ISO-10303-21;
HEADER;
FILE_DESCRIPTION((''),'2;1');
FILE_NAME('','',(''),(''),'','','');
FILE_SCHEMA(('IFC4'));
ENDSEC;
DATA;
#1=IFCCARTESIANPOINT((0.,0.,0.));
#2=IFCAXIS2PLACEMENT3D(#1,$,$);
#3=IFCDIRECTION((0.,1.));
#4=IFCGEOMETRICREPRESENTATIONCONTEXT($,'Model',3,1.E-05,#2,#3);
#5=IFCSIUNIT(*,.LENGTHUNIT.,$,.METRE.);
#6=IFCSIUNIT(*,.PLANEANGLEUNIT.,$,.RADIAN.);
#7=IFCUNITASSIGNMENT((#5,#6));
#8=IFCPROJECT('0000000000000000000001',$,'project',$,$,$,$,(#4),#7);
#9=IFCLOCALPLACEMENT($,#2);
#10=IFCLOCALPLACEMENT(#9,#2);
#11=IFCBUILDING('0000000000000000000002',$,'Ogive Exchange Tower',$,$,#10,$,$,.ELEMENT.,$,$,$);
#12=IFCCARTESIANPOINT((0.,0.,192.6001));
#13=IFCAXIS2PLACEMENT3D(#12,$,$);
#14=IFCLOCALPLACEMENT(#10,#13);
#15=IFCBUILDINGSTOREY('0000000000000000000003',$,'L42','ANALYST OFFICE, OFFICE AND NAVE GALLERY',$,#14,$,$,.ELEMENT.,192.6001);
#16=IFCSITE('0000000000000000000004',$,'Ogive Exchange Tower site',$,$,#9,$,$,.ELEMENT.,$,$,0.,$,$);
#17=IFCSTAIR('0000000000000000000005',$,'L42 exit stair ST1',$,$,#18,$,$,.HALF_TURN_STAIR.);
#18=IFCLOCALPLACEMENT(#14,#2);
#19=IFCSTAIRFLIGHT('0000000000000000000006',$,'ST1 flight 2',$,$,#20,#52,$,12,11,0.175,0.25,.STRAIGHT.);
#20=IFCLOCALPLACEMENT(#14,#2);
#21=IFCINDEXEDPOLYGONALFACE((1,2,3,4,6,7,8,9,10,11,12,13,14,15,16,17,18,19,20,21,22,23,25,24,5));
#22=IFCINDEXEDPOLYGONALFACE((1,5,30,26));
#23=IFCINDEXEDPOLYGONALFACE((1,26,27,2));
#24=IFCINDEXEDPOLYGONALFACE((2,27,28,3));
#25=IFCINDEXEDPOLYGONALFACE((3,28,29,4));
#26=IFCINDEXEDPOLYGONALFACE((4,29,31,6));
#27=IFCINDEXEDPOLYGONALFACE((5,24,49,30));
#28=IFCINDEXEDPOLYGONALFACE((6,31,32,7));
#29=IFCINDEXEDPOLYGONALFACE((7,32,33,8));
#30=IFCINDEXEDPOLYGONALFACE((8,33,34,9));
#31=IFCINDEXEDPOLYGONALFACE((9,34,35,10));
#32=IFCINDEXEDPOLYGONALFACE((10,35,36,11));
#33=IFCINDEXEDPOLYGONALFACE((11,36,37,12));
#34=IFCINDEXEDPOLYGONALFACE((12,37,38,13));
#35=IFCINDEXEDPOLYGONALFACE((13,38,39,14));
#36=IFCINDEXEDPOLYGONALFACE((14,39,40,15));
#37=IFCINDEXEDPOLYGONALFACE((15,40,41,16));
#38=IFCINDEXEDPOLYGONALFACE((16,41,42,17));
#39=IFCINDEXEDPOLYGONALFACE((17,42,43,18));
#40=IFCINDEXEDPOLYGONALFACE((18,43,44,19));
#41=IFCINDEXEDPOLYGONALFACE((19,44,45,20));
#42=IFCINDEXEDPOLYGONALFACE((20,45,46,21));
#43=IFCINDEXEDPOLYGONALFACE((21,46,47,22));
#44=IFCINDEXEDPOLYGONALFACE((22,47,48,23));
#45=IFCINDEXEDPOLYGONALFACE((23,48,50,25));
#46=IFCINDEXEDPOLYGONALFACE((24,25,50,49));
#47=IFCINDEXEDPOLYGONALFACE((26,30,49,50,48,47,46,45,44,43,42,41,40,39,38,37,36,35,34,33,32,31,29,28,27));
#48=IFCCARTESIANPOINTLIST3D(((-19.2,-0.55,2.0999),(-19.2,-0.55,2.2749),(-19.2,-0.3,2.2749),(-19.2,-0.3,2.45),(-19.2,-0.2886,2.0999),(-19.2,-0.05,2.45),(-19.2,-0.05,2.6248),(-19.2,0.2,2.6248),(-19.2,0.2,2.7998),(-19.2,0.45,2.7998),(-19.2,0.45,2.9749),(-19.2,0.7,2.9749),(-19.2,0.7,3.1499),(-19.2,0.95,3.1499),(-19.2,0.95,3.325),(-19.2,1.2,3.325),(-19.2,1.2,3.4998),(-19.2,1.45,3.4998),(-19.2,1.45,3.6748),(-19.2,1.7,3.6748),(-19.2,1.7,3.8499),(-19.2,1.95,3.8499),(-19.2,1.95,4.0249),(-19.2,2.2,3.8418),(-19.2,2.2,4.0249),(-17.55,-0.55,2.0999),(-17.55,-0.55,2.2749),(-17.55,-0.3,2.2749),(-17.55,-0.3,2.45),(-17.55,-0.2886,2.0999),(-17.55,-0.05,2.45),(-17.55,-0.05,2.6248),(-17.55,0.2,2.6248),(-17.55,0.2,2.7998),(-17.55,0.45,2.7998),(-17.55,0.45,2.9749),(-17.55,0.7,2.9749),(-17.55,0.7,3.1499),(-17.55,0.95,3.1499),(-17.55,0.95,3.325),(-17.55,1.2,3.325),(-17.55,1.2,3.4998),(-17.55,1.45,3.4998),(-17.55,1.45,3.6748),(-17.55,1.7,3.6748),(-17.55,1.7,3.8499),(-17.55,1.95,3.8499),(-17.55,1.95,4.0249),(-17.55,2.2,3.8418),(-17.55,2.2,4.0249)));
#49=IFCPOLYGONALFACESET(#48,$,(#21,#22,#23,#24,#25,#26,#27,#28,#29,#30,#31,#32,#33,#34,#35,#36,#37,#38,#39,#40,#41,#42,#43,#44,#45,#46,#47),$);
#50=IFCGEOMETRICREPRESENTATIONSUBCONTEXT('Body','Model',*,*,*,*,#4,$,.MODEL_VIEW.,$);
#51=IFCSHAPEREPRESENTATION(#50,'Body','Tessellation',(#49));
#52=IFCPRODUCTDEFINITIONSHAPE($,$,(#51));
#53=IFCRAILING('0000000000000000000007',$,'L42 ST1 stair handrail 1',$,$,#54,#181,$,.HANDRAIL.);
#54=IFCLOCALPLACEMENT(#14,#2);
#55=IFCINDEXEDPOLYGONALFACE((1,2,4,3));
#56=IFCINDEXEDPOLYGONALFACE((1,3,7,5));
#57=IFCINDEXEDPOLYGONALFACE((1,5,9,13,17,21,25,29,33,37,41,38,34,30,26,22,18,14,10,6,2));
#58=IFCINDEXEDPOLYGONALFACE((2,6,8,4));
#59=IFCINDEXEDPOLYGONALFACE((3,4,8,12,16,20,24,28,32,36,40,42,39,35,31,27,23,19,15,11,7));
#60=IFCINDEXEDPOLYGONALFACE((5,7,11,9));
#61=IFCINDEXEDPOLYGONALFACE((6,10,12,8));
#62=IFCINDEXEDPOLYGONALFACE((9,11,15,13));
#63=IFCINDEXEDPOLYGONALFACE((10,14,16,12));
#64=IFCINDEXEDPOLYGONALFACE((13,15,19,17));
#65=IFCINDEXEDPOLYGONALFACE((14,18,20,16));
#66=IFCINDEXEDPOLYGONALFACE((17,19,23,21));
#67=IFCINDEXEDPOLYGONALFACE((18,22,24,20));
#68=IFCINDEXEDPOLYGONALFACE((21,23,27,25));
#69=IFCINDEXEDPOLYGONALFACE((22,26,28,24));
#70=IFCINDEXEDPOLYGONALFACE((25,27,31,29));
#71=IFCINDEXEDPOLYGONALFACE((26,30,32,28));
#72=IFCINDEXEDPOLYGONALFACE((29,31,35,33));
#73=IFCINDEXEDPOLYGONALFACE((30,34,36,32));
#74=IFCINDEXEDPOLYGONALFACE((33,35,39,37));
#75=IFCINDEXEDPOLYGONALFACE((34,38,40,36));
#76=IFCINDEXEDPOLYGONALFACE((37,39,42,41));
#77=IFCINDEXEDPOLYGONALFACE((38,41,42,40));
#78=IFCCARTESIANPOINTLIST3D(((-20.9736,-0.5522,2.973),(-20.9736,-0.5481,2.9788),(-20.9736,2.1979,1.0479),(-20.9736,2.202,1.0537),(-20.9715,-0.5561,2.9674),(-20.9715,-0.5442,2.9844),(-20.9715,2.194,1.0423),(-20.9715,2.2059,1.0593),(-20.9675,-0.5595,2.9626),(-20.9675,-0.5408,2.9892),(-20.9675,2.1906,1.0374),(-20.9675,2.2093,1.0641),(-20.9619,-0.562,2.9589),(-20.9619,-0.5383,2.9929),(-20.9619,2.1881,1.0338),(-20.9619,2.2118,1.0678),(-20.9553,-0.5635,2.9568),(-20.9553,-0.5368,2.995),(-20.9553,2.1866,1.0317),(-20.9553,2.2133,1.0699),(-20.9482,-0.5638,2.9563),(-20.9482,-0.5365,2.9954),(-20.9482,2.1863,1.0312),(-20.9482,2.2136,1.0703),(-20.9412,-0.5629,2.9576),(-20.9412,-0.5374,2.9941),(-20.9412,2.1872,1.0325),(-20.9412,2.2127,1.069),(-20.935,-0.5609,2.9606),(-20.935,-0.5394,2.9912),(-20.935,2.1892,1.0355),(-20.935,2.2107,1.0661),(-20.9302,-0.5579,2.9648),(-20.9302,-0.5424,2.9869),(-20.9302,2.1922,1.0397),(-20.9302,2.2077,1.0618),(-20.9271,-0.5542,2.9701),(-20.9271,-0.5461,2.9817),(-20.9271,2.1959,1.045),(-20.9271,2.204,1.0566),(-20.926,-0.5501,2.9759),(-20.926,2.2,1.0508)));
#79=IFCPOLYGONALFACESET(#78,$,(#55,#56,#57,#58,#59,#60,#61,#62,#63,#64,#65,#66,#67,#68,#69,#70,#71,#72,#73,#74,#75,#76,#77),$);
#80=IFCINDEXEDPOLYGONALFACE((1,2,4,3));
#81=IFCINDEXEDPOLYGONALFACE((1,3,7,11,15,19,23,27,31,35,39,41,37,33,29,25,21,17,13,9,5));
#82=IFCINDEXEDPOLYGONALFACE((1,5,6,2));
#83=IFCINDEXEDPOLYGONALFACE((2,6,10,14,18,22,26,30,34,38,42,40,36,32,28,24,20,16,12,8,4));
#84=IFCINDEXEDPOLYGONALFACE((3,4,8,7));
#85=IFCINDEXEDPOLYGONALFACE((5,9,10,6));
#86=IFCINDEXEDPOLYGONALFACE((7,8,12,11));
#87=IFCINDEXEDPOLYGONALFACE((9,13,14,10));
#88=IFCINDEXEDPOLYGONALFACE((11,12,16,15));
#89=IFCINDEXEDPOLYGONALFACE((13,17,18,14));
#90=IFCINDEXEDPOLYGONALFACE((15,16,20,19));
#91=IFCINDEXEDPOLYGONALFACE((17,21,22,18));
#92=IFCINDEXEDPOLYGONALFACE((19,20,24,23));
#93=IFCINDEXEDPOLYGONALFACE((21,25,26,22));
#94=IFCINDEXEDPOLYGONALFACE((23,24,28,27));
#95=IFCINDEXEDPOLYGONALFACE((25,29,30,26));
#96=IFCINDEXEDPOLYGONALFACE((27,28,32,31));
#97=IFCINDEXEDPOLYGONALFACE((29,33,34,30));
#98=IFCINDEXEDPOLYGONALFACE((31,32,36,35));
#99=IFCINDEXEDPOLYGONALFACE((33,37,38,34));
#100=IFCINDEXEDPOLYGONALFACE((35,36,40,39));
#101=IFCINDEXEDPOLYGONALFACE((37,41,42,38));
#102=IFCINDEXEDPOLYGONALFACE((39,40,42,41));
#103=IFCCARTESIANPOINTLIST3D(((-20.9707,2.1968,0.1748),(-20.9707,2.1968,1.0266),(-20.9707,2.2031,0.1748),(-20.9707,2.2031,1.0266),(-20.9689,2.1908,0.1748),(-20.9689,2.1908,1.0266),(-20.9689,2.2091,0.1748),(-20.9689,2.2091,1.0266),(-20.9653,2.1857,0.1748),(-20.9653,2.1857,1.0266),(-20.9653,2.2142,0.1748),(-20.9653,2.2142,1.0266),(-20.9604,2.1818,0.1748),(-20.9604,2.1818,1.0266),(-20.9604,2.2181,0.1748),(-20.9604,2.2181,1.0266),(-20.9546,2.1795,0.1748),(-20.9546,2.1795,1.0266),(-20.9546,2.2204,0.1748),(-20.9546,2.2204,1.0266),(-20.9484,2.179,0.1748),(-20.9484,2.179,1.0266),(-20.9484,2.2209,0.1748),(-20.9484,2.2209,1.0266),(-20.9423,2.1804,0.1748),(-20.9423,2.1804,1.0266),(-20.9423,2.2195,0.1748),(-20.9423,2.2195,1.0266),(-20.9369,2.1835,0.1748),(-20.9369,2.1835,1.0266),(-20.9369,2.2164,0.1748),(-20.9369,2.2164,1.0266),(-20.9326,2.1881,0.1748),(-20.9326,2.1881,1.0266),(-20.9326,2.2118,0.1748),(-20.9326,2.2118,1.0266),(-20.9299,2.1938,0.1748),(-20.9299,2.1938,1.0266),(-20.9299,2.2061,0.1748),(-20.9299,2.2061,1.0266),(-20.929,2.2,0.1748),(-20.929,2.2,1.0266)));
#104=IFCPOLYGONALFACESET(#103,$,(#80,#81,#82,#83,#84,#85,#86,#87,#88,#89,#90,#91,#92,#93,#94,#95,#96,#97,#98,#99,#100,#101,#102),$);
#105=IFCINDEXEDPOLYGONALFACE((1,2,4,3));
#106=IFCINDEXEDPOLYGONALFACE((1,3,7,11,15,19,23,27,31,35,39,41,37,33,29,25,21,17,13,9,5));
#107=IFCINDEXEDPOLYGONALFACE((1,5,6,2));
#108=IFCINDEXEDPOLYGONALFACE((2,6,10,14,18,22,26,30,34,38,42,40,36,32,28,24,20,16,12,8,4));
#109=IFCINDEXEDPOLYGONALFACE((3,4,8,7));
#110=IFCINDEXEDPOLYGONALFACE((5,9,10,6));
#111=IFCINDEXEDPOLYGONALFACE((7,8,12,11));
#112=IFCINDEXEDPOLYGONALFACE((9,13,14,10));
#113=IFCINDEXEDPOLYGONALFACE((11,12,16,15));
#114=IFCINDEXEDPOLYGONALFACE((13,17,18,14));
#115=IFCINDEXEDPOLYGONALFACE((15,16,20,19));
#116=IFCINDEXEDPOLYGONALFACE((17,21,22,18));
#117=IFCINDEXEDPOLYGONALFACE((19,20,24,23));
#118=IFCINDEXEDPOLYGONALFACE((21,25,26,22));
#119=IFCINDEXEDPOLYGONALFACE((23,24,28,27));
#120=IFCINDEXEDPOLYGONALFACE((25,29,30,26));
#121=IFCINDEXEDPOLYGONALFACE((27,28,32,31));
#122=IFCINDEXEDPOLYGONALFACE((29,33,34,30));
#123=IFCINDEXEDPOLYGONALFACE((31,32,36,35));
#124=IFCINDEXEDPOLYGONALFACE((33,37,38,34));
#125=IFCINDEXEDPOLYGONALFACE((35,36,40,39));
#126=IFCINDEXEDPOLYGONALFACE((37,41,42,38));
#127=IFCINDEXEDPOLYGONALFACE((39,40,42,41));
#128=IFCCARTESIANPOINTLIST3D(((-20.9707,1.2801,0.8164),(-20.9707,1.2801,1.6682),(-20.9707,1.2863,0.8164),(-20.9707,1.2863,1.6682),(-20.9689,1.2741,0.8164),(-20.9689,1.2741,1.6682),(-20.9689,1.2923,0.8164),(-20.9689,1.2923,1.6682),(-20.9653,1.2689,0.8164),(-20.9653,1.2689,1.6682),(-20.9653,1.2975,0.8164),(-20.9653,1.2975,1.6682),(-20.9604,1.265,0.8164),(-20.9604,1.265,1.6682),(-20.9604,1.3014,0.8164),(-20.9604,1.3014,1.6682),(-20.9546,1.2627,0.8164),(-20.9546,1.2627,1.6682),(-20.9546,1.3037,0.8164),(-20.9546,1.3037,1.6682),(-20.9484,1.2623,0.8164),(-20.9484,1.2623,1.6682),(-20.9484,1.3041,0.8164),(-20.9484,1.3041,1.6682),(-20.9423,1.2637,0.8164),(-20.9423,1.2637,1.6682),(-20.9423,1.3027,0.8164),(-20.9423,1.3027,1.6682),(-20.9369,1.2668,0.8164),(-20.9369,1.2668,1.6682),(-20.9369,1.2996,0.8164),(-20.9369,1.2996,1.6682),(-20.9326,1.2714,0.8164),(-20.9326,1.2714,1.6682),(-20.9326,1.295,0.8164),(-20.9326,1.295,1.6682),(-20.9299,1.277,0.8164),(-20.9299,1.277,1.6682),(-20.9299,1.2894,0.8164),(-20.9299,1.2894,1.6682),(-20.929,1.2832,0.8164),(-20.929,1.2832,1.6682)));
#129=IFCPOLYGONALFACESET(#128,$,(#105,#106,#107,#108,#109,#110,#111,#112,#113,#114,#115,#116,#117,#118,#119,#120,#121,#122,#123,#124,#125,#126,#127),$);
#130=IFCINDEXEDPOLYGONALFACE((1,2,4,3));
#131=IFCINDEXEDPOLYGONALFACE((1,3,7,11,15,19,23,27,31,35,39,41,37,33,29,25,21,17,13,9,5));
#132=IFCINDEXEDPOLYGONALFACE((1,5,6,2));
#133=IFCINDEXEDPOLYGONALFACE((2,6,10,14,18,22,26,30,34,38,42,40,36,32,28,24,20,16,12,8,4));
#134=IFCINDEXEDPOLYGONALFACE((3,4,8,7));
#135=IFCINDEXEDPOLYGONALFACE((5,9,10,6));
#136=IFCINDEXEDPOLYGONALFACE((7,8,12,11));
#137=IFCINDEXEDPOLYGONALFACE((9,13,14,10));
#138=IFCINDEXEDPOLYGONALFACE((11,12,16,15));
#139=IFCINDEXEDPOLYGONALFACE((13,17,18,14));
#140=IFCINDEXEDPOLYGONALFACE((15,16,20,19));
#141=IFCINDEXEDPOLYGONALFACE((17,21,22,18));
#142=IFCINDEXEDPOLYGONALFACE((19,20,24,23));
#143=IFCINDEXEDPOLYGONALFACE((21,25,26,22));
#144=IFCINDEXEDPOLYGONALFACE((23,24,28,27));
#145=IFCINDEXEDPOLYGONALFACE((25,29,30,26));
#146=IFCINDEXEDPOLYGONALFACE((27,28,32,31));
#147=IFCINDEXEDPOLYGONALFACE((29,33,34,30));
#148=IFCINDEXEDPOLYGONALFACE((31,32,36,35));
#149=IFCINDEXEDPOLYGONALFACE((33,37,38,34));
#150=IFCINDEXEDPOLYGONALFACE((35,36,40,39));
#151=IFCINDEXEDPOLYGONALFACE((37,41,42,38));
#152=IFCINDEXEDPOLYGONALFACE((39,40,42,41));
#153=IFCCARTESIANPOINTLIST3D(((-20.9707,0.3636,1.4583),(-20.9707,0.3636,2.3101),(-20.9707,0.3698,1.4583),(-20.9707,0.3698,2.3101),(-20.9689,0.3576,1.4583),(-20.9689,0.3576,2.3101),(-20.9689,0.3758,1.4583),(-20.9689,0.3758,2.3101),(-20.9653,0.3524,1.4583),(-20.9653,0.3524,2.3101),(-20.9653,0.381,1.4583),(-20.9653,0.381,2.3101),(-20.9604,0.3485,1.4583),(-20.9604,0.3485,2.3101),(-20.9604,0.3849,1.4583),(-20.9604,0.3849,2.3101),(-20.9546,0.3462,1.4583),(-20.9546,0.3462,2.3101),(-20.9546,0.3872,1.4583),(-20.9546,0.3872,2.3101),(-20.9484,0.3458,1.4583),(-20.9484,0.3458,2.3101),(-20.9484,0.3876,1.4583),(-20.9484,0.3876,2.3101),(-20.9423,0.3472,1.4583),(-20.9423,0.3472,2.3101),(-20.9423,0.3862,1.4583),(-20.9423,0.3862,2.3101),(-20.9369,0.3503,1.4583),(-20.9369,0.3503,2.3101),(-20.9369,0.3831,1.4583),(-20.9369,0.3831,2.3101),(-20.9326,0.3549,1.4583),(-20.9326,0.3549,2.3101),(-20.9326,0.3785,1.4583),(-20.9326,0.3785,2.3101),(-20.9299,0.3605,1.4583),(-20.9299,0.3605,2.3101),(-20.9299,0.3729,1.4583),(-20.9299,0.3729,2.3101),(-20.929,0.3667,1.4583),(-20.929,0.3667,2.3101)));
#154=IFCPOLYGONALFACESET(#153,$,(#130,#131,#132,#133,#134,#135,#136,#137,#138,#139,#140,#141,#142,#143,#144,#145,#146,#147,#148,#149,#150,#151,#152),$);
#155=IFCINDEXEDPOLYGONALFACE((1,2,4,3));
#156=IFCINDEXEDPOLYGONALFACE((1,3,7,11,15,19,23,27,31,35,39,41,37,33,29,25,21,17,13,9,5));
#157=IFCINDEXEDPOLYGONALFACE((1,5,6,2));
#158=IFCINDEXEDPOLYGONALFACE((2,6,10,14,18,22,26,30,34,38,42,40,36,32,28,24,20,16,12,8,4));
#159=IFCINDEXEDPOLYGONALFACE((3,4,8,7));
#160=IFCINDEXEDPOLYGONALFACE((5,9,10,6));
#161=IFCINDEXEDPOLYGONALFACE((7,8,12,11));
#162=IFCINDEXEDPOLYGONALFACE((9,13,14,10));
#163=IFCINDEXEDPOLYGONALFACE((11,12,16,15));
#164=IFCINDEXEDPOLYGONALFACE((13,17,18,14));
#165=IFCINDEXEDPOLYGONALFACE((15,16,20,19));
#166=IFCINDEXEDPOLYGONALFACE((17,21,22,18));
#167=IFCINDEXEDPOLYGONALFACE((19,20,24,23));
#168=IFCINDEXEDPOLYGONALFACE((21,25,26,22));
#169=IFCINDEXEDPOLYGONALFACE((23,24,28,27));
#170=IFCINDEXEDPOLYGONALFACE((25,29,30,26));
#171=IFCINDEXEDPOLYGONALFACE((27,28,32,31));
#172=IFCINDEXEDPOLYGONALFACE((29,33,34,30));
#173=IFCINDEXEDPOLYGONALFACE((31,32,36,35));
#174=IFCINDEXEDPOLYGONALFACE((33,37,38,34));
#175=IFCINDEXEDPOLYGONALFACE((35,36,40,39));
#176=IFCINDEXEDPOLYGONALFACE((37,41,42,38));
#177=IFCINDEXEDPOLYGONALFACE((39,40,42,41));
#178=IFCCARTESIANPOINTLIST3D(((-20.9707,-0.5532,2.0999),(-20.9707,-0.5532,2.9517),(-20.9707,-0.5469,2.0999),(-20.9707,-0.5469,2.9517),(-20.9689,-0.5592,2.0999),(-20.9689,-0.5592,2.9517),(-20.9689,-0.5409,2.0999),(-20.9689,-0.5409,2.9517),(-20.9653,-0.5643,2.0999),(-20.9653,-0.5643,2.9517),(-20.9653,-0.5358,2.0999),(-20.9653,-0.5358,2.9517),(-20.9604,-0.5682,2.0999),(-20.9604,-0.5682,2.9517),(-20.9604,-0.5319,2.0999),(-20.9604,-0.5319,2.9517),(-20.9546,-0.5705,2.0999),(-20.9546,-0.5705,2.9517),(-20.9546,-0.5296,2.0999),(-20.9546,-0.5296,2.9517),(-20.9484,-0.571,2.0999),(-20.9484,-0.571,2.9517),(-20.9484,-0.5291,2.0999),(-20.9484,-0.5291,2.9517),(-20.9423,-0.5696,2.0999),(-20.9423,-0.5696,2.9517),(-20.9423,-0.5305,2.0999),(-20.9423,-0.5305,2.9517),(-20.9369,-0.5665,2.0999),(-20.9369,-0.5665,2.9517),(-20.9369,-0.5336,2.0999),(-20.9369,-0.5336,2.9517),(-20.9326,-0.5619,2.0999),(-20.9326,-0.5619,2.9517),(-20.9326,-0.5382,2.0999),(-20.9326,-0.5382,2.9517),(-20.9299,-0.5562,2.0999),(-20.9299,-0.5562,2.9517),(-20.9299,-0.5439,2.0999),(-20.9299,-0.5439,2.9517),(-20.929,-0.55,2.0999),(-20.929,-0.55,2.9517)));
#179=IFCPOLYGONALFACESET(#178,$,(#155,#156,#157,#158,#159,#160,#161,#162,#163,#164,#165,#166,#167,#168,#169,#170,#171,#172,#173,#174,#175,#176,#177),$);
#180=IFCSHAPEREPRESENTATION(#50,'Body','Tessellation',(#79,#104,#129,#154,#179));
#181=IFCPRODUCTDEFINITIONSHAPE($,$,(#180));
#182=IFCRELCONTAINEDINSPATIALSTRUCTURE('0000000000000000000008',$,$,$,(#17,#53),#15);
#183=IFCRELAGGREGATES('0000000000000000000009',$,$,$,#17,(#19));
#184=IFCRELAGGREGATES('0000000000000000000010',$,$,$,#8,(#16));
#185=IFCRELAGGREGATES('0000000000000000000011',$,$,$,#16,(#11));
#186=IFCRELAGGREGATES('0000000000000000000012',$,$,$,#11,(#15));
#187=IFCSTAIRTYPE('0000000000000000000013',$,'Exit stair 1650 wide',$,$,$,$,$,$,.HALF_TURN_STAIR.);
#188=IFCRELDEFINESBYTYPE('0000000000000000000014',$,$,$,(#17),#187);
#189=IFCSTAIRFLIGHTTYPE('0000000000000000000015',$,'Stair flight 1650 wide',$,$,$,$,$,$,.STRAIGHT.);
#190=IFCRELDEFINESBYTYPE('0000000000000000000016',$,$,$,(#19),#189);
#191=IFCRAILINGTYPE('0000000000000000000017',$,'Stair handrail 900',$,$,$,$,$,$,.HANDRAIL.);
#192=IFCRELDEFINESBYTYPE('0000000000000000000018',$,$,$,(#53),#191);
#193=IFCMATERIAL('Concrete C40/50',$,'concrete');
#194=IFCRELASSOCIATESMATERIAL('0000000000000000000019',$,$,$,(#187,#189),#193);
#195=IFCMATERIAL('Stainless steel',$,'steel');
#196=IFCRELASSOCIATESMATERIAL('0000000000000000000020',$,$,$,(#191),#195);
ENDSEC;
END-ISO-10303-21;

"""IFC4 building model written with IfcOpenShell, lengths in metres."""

from ifc_helpers import new_model, si_unit, direction, frame, origin, origin_2d, place, context, subcontext, project, spatial, polyline, circle, outline, extrude, material, type_object, element, aggregate, save


model = new_model("IFC4")

# Units and contexts
model_context = context("Model", 3, precision=1e-05, world=origin(), true_north=direction((0.0, 1.0)))
body_context = subcontext(model_context, "Body", "Model", "MODEL_VIEW")
ifc_project = project(units=[si_unit("LENGTHUNIT", "METRE"), si_unit("PLANEANGLEUNIT", "RADIAN")], contexts=[model_context])

# Site, building, storey
site_placement = place(None, origin())
site = spatial("IfcSite", under=ifc_project, at=site_placement, Name="Ogive Exchange Tower site", CompositionType="ELEMENT", RefElevation=0.0)
building_placement = place(site_placement, origin())
building = spatial("IfcBuilding", under=site, at=building_placement, Name="Ogive Exchange Tower", CompositionType="ELEMENT")
storey_placement = place(building_placement, frame((0.0, 0.0, 192.6001)))
storey = spatial("IfcBuildingStorey", under=building, at=storey_placement, Name="L42", Description="ANALYST OFFICE, OFFICE AND NAVE GALLERY", CompositionType="ELEMENT", Elevation=192.6001)

# Stair, stair flight
ifc_material_1 = material(Name="Concrete C40/50", Category="concrete")
stair_type = type_object("IfcStairType", Name="Exit stair 1650 wide", PredefinedType="HALF_TURN_STAIR", material=ifc_material_1)
stair_placement = place(storey_placement, origin())
stair = element("IfcStair", 1, at=stair_placement, inside=storey, type_object=stair_type, Name="L42 exit stair ST1", PredefinedType="HALF_TURN_STAIR")
stair_flight_type = type_object("IfcStairFlightType", Name="Stair flight 1650 wide", PredefinedType="STRAIGHT", material=ifc_material_1)
stair_flight_1_placement = place(storey_placement, frame((-18.375, -0.55, 2.0999), z_axis=(0.0, 0.0, 1.0), x_axis=(0.0, 1.0, 0.0)))
stair_flight_1 = element("IfcStairFlight", 2, at=stair_flight_1_placement, type_object=stair_flight_type, Name="ST1 flight 2", NumberOfRisers=12, NumberOfTreads=11, PredefinedType="STRAIGHT", RiserHeight=0.175, TreadLength=0.25, context=body_context, shape_type="SweptSolid", body=[
    extrude(outline(polyline([(0.0, 0.0), (0.0, 0.175), (0.25, 0.175), (0.25, 0.3501), (0.5, 0.3501), (0.5, 0.5249), (0.75, 0.5249), (0.75, 0.7), (1.0, 0.7), (1.0, 0.875), (1.25, 0.875), (1.25, 1.05), (1.5, 1.05), (1.5, 1.2251), (1.75, 1.2251), (1.75, 1.3999), (2.0, 1.3999), (2.0, 1.575), (2.25, 1.575), (2.25, 1.75), (2.5, 1.75), (2.5, 1.925), (2.75, 1.925), (2.75, 2.1001), (2.75, 1.7419), (0.2615, 0.0), (0.0, 0.0)])), frame((0.0, 0.825, 0.0), z_axis=(0.0, -1.0, 0.0), x_axis=(1.0, 0.0, 0.0)), (0.0, 0.0, 1.0), 1.6499),
])
aggregate(stair, [stair_flight_1])

# Railing
ifc_material_2 = material(Name="Stainless steel", Category="steel")
railing_type = type_object("IfcRailingType", Name="Stair handrail 900", PredefinedType="HANDRAIL", material=ifc_material_2)
railing_placement = place(storey_placement, frame((-20.95, 2.2, 0.1748)))
element("IfcRailing", 3, at=railing_placement, inside=storey, type_object=railing_type, Name="L42 ST1 stair handrail 1", PredefinedType="HANDRAIL", context=body_context, shape_type="SweptSolid", body=[
    extrude(circle(Radius=0.0239, at=origin_2d()), frame((0.0, 0.0, 0.876), z_axis=(0.0, -0.819225, 0.573472), x_axis=(1.0, 0.0, 0.0)), (0.0, 0.0, 1.0), 3.3569),
    extrude(circle(Radius=0.021, at=origin_2d()), origin(), (0.0, 0.0, 1.0), 0.8518),
    extrude(circle(Radius=0.021, at=origin_2d()), frame((0.0, -0.9167, 0.6416)), (0.0, 0.0, 1.0), 0.8518),
    extrude(circle(Radius=0.021, at=origin_2d()), frame((0.0, -1.8333, 1.2834)), (0.0, 0.0, 1.0), 0.8518),
    extrude(circle(Radius=0.021, at=origin_2d()), frame((0.0, -2.75, 1.925)), (0.0, 0.0, 1.0), 0.8518),
])

save(model, "model.ifc")
